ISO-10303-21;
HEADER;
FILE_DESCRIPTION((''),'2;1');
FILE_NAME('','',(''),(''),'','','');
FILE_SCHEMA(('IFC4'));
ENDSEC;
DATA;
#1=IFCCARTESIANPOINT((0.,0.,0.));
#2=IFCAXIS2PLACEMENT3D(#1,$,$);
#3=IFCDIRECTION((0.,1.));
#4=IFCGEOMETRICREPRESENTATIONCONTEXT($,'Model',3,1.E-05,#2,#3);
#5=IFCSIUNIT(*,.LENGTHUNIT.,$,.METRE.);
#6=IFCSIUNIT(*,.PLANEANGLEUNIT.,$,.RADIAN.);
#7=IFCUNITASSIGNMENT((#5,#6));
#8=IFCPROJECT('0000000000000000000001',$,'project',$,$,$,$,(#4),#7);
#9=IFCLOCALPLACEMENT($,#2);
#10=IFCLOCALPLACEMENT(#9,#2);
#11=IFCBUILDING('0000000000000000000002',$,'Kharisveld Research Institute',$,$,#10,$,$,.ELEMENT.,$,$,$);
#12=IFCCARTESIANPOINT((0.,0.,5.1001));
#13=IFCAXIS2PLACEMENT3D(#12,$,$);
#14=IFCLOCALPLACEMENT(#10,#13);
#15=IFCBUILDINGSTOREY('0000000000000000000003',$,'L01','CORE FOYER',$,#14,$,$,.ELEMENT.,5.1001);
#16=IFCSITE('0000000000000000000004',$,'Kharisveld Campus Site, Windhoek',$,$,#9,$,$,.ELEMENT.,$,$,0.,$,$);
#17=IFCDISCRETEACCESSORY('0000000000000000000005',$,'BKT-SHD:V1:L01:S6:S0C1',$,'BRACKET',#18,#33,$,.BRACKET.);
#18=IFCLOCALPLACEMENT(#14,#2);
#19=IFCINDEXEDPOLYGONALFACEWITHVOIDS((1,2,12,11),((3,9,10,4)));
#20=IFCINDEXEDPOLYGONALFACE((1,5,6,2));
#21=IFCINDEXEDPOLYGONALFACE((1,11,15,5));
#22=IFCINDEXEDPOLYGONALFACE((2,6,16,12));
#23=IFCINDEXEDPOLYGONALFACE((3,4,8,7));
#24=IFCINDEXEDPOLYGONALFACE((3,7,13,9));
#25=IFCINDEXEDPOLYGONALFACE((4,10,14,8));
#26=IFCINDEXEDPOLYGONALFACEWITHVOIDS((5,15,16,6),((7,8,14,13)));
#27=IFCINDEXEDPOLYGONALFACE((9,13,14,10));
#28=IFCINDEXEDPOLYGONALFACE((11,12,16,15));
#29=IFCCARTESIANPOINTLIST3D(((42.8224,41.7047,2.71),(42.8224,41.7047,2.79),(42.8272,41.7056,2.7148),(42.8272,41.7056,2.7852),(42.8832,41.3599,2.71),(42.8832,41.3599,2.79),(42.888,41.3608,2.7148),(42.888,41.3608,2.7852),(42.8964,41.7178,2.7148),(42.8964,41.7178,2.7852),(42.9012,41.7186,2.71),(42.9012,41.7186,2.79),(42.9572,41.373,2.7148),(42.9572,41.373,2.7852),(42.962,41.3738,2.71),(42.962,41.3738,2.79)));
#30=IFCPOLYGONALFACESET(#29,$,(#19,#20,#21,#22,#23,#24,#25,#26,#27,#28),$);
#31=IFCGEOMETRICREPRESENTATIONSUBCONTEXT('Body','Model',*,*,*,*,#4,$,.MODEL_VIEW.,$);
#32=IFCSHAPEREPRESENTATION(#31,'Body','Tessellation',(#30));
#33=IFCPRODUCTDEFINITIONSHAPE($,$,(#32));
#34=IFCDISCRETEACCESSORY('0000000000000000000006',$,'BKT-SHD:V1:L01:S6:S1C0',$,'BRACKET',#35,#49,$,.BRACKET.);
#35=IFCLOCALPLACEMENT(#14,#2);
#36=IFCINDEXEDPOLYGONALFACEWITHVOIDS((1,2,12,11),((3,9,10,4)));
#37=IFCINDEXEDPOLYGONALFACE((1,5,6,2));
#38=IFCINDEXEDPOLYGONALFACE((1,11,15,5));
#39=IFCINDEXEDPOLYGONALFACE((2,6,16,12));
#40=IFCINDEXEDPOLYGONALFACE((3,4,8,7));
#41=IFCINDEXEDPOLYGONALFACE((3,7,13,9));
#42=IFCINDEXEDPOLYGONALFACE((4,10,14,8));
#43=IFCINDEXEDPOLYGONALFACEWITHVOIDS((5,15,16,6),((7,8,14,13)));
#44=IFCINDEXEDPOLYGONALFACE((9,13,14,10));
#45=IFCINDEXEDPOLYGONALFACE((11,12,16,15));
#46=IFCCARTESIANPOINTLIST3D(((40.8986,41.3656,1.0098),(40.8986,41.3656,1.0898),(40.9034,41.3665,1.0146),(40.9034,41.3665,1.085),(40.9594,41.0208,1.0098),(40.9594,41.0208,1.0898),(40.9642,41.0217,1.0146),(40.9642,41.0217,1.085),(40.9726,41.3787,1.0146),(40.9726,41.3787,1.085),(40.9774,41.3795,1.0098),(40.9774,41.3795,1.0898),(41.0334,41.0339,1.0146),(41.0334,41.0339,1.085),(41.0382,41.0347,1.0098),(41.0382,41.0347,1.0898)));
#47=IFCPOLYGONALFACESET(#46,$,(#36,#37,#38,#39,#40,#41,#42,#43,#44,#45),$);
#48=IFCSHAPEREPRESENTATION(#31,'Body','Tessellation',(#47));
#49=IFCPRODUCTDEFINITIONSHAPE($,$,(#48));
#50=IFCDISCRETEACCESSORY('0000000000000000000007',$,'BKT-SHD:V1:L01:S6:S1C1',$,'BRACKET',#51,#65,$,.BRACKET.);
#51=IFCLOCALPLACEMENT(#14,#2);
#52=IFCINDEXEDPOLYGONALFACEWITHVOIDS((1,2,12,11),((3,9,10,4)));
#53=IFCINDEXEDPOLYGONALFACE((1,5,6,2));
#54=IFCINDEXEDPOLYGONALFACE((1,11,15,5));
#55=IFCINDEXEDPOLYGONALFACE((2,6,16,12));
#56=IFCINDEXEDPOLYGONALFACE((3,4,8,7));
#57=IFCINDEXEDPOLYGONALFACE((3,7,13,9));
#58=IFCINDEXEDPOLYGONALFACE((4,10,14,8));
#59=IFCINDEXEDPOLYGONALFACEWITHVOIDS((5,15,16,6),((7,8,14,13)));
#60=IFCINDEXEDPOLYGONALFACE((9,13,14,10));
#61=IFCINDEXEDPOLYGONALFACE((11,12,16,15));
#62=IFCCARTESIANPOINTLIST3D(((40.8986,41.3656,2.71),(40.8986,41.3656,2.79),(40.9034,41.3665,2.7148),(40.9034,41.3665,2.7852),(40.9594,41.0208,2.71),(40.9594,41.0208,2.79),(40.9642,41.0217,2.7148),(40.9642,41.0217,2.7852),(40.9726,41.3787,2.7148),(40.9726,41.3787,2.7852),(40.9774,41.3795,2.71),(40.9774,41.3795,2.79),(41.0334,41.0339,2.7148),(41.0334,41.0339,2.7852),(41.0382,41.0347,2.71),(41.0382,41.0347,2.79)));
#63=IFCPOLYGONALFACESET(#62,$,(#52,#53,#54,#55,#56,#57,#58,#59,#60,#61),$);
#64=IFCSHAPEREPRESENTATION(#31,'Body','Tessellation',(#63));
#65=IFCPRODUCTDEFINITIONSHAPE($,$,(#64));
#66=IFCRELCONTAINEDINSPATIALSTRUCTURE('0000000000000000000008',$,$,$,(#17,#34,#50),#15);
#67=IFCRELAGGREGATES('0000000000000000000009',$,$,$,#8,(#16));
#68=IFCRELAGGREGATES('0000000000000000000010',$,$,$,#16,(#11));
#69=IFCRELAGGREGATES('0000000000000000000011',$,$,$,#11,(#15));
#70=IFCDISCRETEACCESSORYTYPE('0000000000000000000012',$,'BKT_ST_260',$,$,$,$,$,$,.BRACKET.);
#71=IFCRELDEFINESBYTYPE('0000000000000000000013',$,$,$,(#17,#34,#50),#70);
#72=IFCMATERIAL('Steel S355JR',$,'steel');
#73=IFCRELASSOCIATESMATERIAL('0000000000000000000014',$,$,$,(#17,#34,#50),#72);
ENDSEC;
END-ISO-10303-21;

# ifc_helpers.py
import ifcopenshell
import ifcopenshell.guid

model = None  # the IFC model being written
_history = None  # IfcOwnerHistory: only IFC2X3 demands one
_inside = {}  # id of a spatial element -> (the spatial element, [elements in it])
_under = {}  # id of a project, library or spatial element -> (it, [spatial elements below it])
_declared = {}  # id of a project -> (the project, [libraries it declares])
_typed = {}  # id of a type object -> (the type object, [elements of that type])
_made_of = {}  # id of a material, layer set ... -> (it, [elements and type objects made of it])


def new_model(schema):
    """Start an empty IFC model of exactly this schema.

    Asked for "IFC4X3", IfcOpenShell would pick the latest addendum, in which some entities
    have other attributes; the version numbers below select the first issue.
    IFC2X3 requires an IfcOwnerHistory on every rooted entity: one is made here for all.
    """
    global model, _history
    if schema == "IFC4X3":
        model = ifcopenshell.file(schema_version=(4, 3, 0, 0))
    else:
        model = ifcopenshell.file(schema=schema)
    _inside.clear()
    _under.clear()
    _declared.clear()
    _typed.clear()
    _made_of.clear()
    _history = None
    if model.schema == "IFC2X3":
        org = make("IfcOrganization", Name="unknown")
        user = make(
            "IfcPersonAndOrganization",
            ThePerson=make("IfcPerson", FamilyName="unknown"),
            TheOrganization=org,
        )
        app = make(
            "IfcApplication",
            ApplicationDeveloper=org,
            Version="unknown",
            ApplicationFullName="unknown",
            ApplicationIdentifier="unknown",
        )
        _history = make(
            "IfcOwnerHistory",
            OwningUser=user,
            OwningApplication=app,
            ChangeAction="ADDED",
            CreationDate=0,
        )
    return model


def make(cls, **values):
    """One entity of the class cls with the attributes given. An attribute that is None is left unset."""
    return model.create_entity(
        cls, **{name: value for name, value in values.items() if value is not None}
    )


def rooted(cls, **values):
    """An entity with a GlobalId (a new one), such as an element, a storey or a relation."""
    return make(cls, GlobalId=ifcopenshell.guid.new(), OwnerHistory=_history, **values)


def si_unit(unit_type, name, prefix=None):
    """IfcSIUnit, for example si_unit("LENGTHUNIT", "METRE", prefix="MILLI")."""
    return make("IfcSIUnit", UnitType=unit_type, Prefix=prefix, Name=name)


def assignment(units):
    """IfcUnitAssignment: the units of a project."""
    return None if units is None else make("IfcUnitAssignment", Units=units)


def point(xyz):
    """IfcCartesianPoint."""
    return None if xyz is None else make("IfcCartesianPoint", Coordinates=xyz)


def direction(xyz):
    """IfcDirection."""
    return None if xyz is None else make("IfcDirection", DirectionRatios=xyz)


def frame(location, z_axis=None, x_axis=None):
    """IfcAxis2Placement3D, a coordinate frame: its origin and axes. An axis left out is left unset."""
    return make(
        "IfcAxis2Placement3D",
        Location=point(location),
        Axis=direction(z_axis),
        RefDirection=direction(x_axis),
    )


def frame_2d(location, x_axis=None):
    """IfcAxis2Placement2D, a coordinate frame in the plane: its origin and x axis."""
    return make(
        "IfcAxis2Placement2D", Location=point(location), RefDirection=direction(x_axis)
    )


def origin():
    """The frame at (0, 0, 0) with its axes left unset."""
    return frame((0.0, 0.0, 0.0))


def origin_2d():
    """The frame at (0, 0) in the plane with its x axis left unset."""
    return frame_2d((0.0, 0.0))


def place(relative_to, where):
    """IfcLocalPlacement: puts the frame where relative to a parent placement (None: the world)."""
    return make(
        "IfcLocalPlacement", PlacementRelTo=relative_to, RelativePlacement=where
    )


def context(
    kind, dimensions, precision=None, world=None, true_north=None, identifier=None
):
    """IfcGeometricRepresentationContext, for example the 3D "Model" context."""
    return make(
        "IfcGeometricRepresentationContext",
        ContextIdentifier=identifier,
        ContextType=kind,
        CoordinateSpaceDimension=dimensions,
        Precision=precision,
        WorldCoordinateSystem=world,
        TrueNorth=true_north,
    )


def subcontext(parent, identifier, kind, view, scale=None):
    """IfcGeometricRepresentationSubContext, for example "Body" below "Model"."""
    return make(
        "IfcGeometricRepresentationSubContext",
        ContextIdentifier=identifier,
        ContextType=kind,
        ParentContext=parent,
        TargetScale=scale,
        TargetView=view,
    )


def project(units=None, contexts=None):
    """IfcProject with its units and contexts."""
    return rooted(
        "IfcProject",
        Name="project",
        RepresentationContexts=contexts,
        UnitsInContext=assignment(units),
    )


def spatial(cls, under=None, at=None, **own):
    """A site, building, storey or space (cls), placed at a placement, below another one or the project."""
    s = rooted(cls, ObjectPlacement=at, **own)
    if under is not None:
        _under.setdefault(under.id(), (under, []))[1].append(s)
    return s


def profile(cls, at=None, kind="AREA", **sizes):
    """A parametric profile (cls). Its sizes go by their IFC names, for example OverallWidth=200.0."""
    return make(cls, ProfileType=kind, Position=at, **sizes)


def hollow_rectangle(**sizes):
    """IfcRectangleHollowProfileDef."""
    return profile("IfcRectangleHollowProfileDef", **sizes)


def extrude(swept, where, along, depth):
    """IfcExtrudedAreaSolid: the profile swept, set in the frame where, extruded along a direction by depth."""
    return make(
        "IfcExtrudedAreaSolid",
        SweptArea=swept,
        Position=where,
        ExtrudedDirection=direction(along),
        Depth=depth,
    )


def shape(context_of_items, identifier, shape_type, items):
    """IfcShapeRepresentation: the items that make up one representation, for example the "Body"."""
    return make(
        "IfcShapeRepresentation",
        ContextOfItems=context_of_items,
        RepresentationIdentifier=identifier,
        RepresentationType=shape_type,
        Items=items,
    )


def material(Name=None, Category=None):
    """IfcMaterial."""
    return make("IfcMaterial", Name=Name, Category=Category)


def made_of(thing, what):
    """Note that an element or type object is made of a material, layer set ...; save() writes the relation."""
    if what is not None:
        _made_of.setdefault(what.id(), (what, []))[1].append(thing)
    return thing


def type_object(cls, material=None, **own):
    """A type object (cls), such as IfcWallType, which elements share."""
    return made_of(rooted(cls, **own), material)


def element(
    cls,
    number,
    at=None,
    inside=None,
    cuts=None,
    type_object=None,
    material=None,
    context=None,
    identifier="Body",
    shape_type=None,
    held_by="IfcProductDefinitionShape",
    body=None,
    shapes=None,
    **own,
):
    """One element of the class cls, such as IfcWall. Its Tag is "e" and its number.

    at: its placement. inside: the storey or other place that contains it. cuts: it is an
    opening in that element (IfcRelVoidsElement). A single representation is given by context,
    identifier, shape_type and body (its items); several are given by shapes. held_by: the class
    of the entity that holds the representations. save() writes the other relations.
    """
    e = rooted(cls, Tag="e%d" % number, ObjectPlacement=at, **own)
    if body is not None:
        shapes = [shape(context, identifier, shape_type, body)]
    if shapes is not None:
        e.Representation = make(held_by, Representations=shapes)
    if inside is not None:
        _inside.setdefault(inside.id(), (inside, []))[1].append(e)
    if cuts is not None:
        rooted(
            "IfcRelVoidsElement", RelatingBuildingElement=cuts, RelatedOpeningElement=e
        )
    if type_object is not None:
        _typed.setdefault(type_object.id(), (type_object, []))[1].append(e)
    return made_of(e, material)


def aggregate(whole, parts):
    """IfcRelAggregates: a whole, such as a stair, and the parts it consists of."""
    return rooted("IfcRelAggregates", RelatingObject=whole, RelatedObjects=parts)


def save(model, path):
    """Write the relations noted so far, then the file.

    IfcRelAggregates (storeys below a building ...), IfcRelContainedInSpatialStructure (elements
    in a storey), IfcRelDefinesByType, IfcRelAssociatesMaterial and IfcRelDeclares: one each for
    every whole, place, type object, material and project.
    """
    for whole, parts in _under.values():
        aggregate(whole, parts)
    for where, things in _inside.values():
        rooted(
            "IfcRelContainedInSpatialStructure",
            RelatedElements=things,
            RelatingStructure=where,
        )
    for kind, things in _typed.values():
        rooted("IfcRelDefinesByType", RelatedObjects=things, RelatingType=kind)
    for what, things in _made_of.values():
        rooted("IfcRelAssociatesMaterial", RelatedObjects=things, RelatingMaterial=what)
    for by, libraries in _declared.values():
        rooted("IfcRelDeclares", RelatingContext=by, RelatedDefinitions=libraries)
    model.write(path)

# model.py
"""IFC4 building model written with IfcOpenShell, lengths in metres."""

from ifc_helpers import new_model, si_unit, direction, frame, origin, origin_2d, place, context, subcontext, project, spatial, hollow_rectangle, extrude, material, type_object, element, save


model = new_model("IFC4")

# Units and contexts
model_context = context("Model", 3, precision=1e-05, world=origin(), true_north=direction((0.0, 1.0)))
body_context = subcontext(model_context, "Body", "Model", "MODEL_VIEW")
ifc_project = project(units=[si_unit("LENGTHUNIT", "METRE"), si_unit("PLANEANGLEUNIT", "RADIAN")], contexts=[model_context])

# Site, building, storey
site_placement = place(None, origin())
site = spatial("IfcSite", under=ifc_project, at=site_placement, Name="Kharisveld Campus Site, Windhoek", CompositionType="ELEMENT", RefElevation=0.0)
building_placement = place(site_placement, origin())
building = spatial("IfcBuilding", under=site, at=building_placement, Name="Kharisveld Research Institute", CompositionType="ELEMENT")
storey_placement = place(building_placement, frame((0.0, 0.0, 5.1001)))
storey = spatial("IfcBuildingStorey", under=building, at=storey_placement, Name="L01", Description="CORE FOYER", CompositionType="ELEMENT", Elevation=5.1001)

# Discrete accessories
ifc_material_1 = material(Name="Steel S355JR", Category="steel")
discrete_accessory_type = type_object("IfcDiscreteAccessoryType", Name="BKT_ST_260", PredefinedType="BRACKET")
for number, where, z_axis, x_axis, name in (
    (1, (42.8618, 41.7117, 2.75), (0.173666, -0.984805, 0.0), (0.984805, 0.173666, 0.0), "BKT-SHD:V1:L01:S6:S0C1"),
    (2, (40.938, 41.3726, 1.0498), (0.173666, -0.984805, 0.0), (0.984805, 0.173666, 0.0), "BKT-SHD:V1:L01:S6:S1C0"),
    (3, (40.938, 41.3726, 2.75), (0.173666, -0.984805, 0.0), (0.984805, 0.173666, 0.0), "BKT-SHD:V1:L01:S6:S1C1"),
):
    element("IfcDiscreteAccessory", number, at=place(storey_placement, frame(where, z_axis=z_axis, x_axis=x_axis)), inside=storey, type_object=discrete_accessory_type, material=ifc_material_1, Name=name, ObjectType="BRACKET", PredefinedType="BRACKET", context=body_context, shape_type="SweptSolid", body=[
        extrude(hollow_rectangle(XDim=0.0801, YDim=0.0801, WallThickness=0.0049, at=origin_2d()), origin(), (0.0, 0.0, 1.0), 0.3501),
    ])

save(model, "model.ifc")
